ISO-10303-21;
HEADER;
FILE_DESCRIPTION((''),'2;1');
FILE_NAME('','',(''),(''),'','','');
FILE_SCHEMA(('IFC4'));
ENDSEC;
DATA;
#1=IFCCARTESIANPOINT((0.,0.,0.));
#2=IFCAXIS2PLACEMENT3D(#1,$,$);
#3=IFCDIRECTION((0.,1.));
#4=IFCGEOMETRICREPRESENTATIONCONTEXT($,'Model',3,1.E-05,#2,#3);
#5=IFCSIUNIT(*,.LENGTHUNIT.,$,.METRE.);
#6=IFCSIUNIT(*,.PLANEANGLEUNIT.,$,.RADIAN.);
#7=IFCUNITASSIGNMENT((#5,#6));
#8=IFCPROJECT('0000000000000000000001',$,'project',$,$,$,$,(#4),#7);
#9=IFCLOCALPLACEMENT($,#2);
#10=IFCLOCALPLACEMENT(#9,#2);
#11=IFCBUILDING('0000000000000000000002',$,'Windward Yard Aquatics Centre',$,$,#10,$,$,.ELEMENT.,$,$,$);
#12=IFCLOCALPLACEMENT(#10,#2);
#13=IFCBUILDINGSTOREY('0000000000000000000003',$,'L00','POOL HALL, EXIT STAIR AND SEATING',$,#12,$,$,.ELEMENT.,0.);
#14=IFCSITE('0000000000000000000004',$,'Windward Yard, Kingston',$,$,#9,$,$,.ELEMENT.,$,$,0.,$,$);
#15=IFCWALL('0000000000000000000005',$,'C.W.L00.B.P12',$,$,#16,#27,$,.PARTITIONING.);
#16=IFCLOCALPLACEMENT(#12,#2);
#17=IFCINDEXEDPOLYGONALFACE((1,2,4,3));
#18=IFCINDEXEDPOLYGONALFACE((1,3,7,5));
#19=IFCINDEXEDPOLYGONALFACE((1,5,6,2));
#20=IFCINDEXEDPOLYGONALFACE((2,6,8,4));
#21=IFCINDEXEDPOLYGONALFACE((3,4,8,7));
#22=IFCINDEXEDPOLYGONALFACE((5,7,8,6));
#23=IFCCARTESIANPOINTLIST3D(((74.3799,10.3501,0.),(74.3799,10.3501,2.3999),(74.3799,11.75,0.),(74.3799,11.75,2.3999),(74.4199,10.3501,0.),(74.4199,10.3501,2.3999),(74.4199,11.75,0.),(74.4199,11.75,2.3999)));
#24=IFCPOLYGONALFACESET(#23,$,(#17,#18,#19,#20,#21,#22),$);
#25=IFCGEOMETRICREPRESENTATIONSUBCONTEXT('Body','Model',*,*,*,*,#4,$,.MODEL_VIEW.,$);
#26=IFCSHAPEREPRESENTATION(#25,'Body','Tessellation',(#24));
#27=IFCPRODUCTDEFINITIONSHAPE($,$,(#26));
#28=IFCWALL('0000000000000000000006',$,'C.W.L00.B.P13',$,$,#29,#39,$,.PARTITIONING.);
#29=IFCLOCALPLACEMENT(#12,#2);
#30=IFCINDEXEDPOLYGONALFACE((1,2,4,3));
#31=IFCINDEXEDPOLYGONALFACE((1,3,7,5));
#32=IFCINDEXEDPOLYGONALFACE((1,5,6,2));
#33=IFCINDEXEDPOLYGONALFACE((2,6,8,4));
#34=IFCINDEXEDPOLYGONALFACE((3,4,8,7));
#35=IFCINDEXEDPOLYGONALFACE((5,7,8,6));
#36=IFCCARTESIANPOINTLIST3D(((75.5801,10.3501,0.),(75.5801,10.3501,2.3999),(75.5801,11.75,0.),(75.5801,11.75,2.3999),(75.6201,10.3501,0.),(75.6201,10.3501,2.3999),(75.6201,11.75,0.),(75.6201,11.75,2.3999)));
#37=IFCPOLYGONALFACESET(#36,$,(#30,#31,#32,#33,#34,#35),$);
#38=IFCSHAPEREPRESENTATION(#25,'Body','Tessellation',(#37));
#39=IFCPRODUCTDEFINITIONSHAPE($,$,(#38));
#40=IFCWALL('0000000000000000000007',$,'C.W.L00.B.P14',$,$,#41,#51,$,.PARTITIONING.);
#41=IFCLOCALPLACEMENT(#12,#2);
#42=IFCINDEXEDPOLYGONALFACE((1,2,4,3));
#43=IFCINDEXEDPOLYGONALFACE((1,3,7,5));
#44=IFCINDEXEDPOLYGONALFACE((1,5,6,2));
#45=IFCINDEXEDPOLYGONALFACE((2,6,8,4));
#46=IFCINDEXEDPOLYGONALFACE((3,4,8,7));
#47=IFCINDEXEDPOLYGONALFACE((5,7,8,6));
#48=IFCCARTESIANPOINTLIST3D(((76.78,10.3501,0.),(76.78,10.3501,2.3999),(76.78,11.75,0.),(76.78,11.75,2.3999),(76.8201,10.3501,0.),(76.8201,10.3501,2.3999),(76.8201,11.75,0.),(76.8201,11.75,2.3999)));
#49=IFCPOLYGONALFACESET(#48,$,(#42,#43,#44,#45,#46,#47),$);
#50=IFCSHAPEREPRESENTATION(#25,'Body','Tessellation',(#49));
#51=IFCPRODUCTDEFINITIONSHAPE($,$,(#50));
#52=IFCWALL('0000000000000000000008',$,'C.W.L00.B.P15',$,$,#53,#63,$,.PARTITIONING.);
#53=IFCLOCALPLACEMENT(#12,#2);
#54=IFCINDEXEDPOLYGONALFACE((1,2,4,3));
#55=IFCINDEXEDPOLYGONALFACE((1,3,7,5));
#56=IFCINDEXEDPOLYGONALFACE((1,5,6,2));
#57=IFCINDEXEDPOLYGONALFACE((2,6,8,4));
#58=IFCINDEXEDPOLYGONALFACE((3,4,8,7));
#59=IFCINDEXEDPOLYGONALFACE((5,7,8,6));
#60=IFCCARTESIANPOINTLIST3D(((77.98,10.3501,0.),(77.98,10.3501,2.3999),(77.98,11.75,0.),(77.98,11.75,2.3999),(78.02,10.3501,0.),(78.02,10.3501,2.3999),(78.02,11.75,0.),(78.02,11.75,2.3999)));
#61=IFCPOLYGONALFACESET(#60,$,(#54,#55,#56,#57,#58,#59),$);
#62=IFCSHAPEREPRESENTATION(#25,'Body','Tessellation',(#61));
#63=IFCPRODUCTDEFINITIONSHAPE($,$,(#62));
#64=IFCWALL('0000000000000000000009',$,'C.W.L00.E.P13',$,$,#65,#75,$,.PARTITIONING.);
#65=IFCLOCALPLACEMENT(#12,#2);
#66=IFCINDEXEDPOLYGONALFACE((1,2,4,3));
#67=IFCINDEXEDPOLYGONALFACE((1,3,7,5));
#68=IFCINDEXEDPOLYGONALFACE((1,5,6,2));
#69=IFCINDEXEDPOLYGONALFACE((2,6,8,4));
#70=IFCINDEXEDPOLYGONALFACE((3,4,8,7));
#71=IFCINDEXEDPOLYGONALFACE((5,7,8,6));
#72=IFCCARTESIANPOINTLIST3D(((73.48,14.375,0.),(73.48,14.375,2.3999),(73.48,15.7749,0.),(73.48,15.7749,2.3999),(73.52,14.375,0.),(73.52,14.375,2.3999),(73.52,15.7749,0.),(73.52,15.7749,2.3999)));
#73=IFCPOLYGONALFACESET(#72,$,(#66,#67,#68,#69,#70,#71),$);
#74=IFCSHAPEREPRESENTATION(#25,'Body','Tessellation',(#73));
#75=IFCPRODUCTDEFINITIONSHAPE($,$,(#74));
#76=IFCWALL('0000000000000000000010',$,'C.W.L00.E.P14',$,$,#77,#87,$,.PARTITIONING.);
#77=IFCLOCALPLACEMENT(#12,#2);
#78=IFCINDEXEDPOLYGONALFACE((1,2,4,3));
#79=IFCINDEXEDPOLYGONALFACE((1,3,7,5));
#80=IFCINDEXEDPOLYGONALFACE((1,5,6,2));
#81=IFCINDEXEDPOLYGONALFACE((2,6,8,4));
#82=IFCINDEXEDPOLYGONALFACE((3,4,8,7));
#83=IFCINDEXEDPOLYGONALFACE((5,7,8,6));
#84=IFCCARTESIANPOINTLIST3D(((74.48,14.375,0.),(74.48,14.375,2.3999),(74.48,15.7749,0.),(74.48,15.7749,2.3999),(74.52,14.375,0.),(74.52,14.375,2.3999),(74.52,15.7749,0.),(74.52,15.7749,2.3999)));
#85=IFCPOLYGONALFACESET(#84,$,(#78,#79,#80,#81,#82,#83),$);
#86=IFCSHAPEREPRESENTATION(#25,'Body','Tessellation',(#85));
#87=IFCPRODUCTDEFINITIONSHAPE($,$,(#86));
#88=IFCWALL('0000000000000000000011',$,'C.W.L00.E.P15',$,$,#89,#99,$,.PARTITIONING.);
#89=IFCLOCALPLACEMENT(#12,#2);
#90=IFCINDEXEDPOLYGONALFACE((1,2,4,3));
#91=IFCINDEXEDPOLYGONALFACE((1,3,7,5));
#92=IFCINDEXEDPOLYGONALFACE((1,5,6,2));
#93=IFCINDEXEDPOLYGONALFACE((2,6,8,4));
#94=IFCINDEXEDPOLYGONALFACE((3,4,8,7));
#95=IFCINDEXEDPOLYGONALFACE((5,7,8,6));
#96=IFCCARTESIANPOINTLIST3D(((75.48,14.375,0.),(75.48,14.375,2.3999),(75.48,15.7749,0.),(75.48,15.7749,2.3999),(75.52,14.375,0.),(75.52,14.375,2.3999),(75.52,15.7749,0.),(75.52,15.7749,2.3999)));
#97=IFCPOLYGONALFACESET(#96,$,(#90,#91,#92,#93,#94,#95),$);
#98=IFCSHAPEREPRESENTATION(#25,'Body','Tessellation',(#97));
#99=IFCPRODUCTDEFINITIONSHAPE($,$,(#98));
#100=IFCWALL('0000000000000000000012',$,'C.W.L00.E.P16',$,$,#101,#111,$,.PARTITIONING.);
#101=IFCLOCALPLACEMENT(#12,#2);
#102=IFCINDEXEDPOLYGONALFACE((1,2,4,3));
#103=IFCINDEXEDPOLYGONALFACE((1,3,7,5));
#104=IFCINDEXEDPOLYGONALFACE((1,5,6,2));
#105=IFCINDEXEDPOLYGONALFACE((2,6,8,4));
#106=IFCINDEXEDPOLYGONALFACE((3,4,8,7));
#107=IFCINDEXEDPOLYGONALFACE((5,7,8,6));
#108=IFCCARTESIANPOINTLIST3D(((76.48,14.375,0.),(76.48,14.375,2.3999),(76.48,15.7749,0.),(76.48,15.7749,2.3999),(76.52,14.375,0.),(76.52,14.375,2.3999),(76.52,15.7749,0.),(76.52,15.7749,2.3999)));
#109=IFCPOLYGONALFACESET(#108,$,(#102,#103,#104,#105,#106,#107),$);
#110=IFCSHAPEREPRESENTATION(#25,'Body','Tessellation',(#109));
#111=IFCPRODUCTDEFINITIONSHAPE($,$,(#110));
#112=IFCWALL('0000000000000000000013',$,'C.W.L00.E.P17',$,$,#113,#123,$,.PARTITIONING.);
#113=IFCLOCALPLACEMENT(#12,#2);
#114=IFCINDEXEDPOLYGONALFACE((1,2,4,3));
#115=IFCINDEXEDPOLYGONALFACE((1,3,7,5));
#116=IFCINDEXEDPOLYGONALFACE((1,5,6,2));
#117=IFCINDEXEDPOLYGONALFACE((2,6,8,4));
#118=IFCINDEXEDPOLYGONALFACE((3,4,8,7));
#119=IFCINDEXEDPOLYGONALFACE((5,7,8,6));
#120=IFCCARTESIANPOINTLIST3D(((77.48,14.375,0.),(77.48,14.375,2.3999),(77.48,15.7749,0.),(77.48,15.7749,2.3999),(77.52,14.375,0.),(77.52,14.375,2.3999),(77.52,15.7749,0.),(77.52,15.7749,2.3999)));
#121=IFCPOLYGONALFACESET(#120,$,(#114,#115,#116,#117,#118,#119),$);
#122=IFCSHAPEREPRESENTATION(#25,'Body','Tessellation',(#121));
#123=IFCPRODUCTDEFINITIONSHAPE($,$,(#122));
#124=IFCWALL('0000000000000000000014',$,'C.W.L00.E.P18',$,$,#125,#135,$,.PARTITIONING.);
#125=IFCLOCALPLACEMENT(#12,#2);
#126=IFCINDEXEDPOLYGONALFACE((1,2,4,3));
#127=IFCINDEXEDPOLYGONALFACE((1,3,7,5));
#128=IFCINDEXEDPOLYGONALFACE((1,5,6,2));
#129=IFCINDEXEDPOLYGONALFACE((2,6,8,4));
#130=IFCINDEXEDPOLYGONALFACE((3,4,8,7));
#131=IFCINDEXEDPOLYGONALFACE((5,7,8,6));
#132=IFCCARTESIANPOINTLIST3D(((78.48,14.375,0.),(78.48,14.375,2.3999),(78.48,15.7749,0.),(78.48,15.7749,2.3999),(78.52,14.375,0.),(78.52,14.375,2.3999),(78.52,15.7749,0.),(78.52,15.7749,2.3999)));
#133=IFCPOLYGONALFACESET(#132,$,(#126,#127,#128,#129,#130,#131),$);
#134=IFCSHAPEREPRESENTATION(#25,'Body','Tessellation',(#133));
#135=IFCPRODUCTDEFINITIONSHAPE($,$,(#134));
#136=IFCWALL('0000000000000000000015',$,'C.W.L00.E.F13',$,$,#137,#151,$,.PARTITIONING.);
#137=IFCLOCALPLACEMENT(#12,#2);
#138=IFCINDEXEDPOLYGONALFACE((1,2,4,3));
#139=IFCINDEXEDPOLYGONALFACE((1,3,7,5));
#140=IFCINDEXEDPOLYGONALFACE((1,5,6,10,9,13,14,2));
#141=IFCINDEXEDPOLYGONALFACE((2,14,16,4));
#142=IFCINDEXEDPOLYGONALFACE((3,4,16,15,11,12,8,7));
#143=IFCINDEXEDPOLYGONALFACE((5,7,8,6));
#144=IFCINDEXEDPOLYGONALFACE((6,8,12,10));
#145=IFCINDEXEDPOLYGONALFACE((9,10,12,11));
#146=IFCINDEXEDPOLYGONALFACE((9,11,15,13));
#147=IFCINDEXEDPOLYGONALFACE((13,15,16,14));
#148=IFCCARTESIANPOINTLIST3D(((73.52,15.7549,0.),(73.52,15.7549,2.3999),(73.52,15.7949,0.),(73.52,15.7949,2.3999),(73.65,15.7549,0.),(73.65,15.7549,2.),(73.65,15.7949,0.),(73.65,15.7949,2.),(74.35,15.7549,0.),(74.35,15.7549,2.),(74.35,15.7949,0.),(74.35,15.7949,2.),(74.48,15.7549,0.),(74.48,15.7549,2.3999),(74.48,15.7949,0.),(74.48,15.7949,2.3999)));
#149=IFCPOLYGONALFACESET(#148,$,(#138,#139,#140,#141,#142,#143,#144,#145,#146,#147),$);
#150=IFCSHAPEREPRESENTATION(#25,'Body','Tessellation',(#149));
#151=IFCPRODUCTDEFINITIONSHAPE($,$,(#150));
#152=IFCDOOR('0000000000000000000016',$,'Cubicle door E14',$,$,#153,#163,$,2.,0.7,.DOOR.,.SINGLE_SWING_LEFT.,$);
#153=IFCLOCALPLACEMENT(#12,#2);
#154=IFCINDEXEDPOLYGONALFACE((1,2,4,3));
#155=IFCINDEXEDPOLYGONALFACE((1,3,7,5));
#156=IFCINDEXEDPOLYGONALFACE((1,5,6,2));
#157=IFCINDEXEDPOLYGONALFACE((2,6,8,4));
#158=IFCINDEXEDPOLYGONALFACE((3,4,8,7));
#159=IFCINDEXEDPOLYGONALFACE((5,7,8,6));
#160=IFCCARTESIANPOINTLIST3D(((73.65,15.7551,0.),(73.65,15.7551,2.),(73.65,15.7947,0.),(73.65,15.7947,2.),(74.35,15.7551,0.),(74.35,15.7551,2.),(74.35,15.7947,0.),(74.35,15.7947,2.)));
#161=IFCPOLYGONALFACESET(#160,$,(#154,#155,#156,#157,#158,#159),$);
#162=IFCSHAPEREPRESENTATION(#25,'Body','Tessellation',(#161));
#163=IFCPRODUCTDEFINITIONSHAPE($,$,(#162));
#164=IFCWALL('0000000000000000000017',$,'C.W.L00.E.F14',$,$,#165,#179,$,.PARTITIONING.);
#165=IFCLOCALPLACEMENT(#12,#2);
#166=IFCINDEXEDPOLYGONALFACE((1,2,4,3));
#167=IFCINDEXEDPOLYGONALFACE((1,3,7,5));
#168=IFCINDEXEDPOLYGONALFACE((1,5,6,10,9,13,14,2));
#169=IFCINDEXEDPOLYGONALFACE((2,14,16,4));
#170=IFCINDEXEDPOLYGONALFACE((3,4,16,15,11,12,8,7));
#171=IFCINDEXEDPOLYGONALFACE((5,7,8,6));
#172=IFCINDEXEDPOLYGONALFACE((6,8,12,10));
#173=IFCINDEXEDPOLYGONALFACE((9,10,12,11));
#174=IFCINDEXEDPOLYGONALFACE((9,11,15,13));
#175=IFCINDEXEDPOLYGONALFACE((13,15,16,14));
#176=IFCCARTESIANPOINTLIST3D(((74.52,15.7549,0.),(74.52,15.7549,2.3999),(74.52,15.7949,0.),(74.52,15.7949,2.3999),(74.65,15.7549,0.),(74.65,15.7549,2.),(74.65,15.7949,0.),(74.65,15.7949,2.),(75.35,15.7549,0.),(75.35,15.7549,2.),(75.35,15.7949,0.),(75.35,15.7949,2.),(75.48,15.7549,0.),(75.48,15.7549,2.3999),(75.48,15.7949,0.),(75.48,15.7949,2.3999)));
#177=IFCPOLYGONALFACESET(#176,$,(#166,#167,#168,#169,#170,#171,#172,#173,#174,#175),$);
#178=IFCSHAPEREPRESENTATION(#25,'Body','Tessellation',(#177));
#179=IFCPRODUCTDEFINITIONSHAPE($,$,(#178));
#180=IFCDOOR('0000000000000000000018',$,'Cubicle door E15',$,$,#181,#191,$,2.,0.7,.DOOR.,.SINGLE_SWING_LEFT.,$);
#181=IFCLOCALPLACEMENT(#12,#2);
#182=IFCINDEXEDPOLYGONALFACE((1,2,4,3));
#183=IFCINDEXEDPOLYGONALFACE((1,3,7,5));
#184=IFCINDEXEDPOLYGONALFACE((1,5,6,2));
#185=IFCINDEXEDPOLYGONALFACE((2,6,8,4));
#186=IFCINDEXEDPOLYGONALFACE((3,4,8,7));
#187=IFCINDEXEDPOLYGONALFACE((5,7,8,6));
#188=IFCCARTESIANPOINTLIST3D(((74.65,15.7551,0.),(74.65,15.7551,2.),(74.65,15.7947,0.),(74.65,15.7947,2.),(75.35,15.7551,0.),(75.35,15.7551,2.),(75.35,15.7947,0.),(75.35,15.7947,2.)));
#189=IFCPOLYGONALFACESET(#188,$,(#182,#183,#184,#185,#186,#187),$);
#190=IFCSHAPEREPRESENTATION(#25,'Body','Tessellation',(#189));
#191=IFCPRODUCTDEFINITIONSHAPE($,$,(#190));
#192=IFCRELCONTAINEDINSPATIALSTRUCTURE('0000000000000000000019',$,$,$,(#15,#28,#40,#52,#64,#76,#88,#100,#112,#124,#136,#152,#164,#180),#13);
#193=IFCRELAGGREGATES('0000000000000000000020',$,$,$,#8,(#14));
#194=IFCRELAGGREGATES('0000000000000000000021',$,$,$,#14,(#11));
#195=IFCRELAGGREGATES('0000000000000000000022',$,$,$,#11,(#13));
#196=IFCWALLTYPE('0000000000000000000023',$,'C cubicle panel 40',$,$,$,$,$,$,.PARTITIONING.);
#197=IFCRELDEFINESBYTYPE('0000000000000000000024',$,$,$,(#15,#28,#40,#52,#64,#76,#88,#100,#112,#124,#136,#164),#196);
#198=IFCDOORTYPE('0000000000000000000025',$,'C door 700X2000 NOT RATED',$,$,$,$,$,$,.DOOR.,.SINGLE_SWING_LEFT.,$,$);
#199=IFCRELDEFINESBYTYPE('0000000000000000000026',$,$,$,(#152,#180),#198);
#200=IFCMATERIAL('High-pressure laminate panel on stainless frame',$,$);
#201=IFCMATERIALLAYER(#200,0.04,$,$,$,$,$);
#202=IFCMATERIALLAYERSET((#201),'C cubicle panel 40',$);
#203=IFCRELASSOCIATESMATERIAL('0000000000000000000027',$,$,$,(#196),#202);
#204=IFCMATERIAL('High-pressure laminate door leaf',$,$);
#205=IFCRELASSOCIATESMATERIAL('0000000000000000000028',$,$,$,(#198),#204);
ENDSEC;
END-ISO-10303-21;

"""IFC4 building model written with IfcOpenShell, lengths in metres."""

from ifc_helpers import new_model, si_unit, direction, frame, frame_2d, origin, place, context, subcontext, project, spatial, rectangle, extrude, material, layer, layer_set, type_object, element, fill, save


model = new_model("IFC4")

# Units and contexts
model_context = context("Model", 3, precision=1e-05, world=origin(), true_north=direction((0.0, 1.0)))
body_context = subcontext(model_context, "Body", "Model", "MODEL_VIEW")
ifc_project = project(units=[si_unit("LENGTHUNIT", "METRE"), si_unit("PLANEANGLEUNIT", "RADIAN")], contexts=[model_context])

# Site, building, storey
site_placement = place(None, origin())
site = spatial("IfcSite", under=ifc_project, at=site_placement, Name="Windward Yard, Kingston", CompositionType="ELEMENT", RefElevation=0.0)
building_placement = place(site_placement, origin())
building = spatial("IfcBuilding", under=site, at=building_placement, Name="Windward Yard Aquatics Centre", CompositionType="ELEMENT")
storey_placement = place(building_placement, origin())
storey = spatial("IfcBuildingStorey", under=building, at=storey_placement, Name="L00", Description="POOL HALL, EXIT STAIR AND SEATING", CompositionType="ELEMENT", Elevation=0.0)

# Walls
ifc_material_1 = material(Name="High-pressure laminate panel on stainless frame")
ifc_layer = layer(ifc_material_1, 0.04)
ifc_layer_set = layer_set([ifc_layer], Name="C cubicle panel 40")
wall_type = type_object("IfcWallType", Name="C cubicle panel 40", PredefinedType="PARTITIONING", material=ifc_layer_set)
for number, where, z_axis, x_axis, name in (
    (1, (74.3999, 11.75, 0.0), (0.0, 0.0, 1.0), (0.0, -1.0, 0.0), "C.W.L00.B.P12"),
    (2, (75.6001, 11.75, 0.0), (0.0, 0.0, 1.0), (0.0, -1.0, 0.0), "C.W.L00.B.P13"),
    (3, (76.8, 11.75, 0.0), (0.0, 0.0, 1.0), (0.0, -1.0, 0.0), "C.W.L00.B.P14"),
    (4, (78.0, 11.75, 0.0), (0.0, 0.0, 1.0), (0.0, -1.0, 0.0), "C.W.L00.B.P15"),
    (5, (73.5, 14.375, 0.0), (0.0, 0.0, 1.0), (0.0, 1.0, 0.0), "C.W.L00.E.P13"),
    (6, (74.5, 14.375, 0.0), (0.0, 0.0, 1.0), (0.0, 1.0, 0.0), "C.W.L00.E.P14"),
    (7, (75.5, 14.375, 0.0), (0.0, 0.0, 1.0), (0.0, 1.0, 0.0), "C.W.L00.E.P15"),
    (8, (76.5, 14.375, 0.0), (0.0, 0.0, 1.0), (0.0, 1.0, 0.0), "C.W.L00.E.P16"),
    (9, (77.5, 14.375, 0.0), (0.0, 0.0, 1.0), (0.0, 1.0, 0.0), "C.W.L00.E.P17"),
    (10, (78.5, 14.375, 0.0), (0.0, 0.0, 1.0), (0.0, 1.0, 0.0), "C.W.L00.E.P18"),
):
    element("IfcWall", number, at=place(storey_placement, frame(where, z_axis=z_axis, x_axis=x_axis)), inside=storey, type_object=wall_type, Name=name, PredefinedType="PARTITIONING", context=body_context, shape_type="SweptSolid", body=[
        extrude(rectangle(XDim=1.3999, YDim=0.04, at=frame_2d((0.7, 0.0))), origin(), (0.0, 0.0, 1.0), 2.3999),
    ])

# Walls, openings, doors
wall_1_placement = place(storey_placement, frame((73.52, 15.7749, 0.0), z_axis=(0.0, 0.0, 1.0), x_axis=(1.0, 0.0, 0.0)))
wall_1 = element("IfcWall", 11, at=wall_1_placement, inside=storey, type_object=wall_type, Name="C.W.L00.E.F13", PredefinedType="PARTITIONING", context=body_context, shape_type="SweptSolid", body=[
    extrude(rectangle(XDim=0.96, YDim=0.04, at=frame_2d((0.48, 0.0))), origin(), (0.0, 0.0, 1.0), 2.3999),
])
opening_1_placement = place(wall_1_placement, frame((0.1299, 0.0, 0.0)))
opening_1 = element("IfcOpeningElement", 12, at=opening_1_placement, cuts=wall_1, PredefinedType="OPENING", context=body_context, shape_type="SweptSolid", body=[
    extrude(rectangle(XDim=0.7, YDim=2.0, at=frame_2d((0.3501, 1.0))), frame((0.0, 0.03, 0.0), z_axis=(0.0, -1.0, 0.0), x_axis=(1.0, 0.0, 0.0)), (0.0, 0.0, 1.0), 0.0601),
])
ifc_material_2 = material(Name="High-pressure laminate door leaf")
door_type = type_object("IfcDoorType", Name="C door 700X2000 NOT RATED", OperationType="SINGLE_SWING_LEFT", PredefinedType="DOOR", material=ifc_material_2)
door_1_placement = place(opening_1_placement, origin())
door_1 = element("IfcDoor", 13, at=door_1_placement, inside=storey, type_object=door_type, Name="Cubicle door E14", OperationType="SINGLE_SWING_LEFT", OverallHeight=2.0, OverallWidth=0.7, PredefinedType="DOOR", context=body_context, shape_type="SweptSolid", body=[
    extrude(rectangle(XDim=0.7, YDim=2.0, at=frame_2d((0.3501, 1.0))), frame((0.0, 0.0198, 0.0), z_axis=(0.0, -1.0, 0.0), x_axis=(1.0, 0.0, 0.0)), (0.0, 0.0, 1.0), 0.0396),
])
fill(opening_1, door_1)
wall_2_placement = place(storey_placement, frame((74.52, 15.7749, 0.0), z_axis=(0.0, 0.0, 1.0), x_axis=(1.0, 0.0, 0.0)))
wall_2 = element("IfcWall", 14, at=wall_2_placement, inside=storey, type_object=wall_type, Name="C.W.L00.E.F14", PredefinedType="PARTITIONING", context=body_context, shape_type="SweptSolid", body=[
    extrude(rectangle(XDim=0.96, YDim=0.04, at=frame_2d((0.48, 0.0))), origin(), (0.0, 0.0, 1.0), 2.3999),
])
opening_2_placement = place(wall_2_placement, frame((0.1299, 0.0, 0.0)))
opening_2 = element("IfcOpeningElement", 15, at=opening_2_placement, cuts=wall_2, PredefinedType="OPENING", context=body_context, shape_type="SweptSolid", body=[
    extrude(rectangle(XDim=0.7, YDim=2.0, at=frame_2d((0.3501, 1.0))), frame((0.0, 0.03, 0.0), z_axis=(0.0, -1.0, 0.0), x_axis=(1.0, 0.0, 0.0)), (0.0, 0.0, 1.0), 0.0601),
])
door_2_placement = place(opening_2_placement, origin())
door_2 = element("IfcDoor", 16, at=door_2_placement, inside=storey, type_object=door_type, Name="Cubicle door E15", OperationType="SINGLE_SWING_LEFT", OverallHeight=2.0, OverallWidth=0.7, PredefinedType="DOOR", context=body_context, shape_type="SweptSolid", body=[
    extrude(rectangle(XDim=0.7, YDim=2.0, at=frame_2d((0.3501, 1.0))), frame((0.0, 0.0198, 0.0), z_axis=(0.0, -1.0, 0.0), x_axis=(1.0, 0.0, 0.0)), (0.0, 0.0, 1.0), 0.0396),
])
fill(opening_2, door_2)

save(model, "model.ifc")
